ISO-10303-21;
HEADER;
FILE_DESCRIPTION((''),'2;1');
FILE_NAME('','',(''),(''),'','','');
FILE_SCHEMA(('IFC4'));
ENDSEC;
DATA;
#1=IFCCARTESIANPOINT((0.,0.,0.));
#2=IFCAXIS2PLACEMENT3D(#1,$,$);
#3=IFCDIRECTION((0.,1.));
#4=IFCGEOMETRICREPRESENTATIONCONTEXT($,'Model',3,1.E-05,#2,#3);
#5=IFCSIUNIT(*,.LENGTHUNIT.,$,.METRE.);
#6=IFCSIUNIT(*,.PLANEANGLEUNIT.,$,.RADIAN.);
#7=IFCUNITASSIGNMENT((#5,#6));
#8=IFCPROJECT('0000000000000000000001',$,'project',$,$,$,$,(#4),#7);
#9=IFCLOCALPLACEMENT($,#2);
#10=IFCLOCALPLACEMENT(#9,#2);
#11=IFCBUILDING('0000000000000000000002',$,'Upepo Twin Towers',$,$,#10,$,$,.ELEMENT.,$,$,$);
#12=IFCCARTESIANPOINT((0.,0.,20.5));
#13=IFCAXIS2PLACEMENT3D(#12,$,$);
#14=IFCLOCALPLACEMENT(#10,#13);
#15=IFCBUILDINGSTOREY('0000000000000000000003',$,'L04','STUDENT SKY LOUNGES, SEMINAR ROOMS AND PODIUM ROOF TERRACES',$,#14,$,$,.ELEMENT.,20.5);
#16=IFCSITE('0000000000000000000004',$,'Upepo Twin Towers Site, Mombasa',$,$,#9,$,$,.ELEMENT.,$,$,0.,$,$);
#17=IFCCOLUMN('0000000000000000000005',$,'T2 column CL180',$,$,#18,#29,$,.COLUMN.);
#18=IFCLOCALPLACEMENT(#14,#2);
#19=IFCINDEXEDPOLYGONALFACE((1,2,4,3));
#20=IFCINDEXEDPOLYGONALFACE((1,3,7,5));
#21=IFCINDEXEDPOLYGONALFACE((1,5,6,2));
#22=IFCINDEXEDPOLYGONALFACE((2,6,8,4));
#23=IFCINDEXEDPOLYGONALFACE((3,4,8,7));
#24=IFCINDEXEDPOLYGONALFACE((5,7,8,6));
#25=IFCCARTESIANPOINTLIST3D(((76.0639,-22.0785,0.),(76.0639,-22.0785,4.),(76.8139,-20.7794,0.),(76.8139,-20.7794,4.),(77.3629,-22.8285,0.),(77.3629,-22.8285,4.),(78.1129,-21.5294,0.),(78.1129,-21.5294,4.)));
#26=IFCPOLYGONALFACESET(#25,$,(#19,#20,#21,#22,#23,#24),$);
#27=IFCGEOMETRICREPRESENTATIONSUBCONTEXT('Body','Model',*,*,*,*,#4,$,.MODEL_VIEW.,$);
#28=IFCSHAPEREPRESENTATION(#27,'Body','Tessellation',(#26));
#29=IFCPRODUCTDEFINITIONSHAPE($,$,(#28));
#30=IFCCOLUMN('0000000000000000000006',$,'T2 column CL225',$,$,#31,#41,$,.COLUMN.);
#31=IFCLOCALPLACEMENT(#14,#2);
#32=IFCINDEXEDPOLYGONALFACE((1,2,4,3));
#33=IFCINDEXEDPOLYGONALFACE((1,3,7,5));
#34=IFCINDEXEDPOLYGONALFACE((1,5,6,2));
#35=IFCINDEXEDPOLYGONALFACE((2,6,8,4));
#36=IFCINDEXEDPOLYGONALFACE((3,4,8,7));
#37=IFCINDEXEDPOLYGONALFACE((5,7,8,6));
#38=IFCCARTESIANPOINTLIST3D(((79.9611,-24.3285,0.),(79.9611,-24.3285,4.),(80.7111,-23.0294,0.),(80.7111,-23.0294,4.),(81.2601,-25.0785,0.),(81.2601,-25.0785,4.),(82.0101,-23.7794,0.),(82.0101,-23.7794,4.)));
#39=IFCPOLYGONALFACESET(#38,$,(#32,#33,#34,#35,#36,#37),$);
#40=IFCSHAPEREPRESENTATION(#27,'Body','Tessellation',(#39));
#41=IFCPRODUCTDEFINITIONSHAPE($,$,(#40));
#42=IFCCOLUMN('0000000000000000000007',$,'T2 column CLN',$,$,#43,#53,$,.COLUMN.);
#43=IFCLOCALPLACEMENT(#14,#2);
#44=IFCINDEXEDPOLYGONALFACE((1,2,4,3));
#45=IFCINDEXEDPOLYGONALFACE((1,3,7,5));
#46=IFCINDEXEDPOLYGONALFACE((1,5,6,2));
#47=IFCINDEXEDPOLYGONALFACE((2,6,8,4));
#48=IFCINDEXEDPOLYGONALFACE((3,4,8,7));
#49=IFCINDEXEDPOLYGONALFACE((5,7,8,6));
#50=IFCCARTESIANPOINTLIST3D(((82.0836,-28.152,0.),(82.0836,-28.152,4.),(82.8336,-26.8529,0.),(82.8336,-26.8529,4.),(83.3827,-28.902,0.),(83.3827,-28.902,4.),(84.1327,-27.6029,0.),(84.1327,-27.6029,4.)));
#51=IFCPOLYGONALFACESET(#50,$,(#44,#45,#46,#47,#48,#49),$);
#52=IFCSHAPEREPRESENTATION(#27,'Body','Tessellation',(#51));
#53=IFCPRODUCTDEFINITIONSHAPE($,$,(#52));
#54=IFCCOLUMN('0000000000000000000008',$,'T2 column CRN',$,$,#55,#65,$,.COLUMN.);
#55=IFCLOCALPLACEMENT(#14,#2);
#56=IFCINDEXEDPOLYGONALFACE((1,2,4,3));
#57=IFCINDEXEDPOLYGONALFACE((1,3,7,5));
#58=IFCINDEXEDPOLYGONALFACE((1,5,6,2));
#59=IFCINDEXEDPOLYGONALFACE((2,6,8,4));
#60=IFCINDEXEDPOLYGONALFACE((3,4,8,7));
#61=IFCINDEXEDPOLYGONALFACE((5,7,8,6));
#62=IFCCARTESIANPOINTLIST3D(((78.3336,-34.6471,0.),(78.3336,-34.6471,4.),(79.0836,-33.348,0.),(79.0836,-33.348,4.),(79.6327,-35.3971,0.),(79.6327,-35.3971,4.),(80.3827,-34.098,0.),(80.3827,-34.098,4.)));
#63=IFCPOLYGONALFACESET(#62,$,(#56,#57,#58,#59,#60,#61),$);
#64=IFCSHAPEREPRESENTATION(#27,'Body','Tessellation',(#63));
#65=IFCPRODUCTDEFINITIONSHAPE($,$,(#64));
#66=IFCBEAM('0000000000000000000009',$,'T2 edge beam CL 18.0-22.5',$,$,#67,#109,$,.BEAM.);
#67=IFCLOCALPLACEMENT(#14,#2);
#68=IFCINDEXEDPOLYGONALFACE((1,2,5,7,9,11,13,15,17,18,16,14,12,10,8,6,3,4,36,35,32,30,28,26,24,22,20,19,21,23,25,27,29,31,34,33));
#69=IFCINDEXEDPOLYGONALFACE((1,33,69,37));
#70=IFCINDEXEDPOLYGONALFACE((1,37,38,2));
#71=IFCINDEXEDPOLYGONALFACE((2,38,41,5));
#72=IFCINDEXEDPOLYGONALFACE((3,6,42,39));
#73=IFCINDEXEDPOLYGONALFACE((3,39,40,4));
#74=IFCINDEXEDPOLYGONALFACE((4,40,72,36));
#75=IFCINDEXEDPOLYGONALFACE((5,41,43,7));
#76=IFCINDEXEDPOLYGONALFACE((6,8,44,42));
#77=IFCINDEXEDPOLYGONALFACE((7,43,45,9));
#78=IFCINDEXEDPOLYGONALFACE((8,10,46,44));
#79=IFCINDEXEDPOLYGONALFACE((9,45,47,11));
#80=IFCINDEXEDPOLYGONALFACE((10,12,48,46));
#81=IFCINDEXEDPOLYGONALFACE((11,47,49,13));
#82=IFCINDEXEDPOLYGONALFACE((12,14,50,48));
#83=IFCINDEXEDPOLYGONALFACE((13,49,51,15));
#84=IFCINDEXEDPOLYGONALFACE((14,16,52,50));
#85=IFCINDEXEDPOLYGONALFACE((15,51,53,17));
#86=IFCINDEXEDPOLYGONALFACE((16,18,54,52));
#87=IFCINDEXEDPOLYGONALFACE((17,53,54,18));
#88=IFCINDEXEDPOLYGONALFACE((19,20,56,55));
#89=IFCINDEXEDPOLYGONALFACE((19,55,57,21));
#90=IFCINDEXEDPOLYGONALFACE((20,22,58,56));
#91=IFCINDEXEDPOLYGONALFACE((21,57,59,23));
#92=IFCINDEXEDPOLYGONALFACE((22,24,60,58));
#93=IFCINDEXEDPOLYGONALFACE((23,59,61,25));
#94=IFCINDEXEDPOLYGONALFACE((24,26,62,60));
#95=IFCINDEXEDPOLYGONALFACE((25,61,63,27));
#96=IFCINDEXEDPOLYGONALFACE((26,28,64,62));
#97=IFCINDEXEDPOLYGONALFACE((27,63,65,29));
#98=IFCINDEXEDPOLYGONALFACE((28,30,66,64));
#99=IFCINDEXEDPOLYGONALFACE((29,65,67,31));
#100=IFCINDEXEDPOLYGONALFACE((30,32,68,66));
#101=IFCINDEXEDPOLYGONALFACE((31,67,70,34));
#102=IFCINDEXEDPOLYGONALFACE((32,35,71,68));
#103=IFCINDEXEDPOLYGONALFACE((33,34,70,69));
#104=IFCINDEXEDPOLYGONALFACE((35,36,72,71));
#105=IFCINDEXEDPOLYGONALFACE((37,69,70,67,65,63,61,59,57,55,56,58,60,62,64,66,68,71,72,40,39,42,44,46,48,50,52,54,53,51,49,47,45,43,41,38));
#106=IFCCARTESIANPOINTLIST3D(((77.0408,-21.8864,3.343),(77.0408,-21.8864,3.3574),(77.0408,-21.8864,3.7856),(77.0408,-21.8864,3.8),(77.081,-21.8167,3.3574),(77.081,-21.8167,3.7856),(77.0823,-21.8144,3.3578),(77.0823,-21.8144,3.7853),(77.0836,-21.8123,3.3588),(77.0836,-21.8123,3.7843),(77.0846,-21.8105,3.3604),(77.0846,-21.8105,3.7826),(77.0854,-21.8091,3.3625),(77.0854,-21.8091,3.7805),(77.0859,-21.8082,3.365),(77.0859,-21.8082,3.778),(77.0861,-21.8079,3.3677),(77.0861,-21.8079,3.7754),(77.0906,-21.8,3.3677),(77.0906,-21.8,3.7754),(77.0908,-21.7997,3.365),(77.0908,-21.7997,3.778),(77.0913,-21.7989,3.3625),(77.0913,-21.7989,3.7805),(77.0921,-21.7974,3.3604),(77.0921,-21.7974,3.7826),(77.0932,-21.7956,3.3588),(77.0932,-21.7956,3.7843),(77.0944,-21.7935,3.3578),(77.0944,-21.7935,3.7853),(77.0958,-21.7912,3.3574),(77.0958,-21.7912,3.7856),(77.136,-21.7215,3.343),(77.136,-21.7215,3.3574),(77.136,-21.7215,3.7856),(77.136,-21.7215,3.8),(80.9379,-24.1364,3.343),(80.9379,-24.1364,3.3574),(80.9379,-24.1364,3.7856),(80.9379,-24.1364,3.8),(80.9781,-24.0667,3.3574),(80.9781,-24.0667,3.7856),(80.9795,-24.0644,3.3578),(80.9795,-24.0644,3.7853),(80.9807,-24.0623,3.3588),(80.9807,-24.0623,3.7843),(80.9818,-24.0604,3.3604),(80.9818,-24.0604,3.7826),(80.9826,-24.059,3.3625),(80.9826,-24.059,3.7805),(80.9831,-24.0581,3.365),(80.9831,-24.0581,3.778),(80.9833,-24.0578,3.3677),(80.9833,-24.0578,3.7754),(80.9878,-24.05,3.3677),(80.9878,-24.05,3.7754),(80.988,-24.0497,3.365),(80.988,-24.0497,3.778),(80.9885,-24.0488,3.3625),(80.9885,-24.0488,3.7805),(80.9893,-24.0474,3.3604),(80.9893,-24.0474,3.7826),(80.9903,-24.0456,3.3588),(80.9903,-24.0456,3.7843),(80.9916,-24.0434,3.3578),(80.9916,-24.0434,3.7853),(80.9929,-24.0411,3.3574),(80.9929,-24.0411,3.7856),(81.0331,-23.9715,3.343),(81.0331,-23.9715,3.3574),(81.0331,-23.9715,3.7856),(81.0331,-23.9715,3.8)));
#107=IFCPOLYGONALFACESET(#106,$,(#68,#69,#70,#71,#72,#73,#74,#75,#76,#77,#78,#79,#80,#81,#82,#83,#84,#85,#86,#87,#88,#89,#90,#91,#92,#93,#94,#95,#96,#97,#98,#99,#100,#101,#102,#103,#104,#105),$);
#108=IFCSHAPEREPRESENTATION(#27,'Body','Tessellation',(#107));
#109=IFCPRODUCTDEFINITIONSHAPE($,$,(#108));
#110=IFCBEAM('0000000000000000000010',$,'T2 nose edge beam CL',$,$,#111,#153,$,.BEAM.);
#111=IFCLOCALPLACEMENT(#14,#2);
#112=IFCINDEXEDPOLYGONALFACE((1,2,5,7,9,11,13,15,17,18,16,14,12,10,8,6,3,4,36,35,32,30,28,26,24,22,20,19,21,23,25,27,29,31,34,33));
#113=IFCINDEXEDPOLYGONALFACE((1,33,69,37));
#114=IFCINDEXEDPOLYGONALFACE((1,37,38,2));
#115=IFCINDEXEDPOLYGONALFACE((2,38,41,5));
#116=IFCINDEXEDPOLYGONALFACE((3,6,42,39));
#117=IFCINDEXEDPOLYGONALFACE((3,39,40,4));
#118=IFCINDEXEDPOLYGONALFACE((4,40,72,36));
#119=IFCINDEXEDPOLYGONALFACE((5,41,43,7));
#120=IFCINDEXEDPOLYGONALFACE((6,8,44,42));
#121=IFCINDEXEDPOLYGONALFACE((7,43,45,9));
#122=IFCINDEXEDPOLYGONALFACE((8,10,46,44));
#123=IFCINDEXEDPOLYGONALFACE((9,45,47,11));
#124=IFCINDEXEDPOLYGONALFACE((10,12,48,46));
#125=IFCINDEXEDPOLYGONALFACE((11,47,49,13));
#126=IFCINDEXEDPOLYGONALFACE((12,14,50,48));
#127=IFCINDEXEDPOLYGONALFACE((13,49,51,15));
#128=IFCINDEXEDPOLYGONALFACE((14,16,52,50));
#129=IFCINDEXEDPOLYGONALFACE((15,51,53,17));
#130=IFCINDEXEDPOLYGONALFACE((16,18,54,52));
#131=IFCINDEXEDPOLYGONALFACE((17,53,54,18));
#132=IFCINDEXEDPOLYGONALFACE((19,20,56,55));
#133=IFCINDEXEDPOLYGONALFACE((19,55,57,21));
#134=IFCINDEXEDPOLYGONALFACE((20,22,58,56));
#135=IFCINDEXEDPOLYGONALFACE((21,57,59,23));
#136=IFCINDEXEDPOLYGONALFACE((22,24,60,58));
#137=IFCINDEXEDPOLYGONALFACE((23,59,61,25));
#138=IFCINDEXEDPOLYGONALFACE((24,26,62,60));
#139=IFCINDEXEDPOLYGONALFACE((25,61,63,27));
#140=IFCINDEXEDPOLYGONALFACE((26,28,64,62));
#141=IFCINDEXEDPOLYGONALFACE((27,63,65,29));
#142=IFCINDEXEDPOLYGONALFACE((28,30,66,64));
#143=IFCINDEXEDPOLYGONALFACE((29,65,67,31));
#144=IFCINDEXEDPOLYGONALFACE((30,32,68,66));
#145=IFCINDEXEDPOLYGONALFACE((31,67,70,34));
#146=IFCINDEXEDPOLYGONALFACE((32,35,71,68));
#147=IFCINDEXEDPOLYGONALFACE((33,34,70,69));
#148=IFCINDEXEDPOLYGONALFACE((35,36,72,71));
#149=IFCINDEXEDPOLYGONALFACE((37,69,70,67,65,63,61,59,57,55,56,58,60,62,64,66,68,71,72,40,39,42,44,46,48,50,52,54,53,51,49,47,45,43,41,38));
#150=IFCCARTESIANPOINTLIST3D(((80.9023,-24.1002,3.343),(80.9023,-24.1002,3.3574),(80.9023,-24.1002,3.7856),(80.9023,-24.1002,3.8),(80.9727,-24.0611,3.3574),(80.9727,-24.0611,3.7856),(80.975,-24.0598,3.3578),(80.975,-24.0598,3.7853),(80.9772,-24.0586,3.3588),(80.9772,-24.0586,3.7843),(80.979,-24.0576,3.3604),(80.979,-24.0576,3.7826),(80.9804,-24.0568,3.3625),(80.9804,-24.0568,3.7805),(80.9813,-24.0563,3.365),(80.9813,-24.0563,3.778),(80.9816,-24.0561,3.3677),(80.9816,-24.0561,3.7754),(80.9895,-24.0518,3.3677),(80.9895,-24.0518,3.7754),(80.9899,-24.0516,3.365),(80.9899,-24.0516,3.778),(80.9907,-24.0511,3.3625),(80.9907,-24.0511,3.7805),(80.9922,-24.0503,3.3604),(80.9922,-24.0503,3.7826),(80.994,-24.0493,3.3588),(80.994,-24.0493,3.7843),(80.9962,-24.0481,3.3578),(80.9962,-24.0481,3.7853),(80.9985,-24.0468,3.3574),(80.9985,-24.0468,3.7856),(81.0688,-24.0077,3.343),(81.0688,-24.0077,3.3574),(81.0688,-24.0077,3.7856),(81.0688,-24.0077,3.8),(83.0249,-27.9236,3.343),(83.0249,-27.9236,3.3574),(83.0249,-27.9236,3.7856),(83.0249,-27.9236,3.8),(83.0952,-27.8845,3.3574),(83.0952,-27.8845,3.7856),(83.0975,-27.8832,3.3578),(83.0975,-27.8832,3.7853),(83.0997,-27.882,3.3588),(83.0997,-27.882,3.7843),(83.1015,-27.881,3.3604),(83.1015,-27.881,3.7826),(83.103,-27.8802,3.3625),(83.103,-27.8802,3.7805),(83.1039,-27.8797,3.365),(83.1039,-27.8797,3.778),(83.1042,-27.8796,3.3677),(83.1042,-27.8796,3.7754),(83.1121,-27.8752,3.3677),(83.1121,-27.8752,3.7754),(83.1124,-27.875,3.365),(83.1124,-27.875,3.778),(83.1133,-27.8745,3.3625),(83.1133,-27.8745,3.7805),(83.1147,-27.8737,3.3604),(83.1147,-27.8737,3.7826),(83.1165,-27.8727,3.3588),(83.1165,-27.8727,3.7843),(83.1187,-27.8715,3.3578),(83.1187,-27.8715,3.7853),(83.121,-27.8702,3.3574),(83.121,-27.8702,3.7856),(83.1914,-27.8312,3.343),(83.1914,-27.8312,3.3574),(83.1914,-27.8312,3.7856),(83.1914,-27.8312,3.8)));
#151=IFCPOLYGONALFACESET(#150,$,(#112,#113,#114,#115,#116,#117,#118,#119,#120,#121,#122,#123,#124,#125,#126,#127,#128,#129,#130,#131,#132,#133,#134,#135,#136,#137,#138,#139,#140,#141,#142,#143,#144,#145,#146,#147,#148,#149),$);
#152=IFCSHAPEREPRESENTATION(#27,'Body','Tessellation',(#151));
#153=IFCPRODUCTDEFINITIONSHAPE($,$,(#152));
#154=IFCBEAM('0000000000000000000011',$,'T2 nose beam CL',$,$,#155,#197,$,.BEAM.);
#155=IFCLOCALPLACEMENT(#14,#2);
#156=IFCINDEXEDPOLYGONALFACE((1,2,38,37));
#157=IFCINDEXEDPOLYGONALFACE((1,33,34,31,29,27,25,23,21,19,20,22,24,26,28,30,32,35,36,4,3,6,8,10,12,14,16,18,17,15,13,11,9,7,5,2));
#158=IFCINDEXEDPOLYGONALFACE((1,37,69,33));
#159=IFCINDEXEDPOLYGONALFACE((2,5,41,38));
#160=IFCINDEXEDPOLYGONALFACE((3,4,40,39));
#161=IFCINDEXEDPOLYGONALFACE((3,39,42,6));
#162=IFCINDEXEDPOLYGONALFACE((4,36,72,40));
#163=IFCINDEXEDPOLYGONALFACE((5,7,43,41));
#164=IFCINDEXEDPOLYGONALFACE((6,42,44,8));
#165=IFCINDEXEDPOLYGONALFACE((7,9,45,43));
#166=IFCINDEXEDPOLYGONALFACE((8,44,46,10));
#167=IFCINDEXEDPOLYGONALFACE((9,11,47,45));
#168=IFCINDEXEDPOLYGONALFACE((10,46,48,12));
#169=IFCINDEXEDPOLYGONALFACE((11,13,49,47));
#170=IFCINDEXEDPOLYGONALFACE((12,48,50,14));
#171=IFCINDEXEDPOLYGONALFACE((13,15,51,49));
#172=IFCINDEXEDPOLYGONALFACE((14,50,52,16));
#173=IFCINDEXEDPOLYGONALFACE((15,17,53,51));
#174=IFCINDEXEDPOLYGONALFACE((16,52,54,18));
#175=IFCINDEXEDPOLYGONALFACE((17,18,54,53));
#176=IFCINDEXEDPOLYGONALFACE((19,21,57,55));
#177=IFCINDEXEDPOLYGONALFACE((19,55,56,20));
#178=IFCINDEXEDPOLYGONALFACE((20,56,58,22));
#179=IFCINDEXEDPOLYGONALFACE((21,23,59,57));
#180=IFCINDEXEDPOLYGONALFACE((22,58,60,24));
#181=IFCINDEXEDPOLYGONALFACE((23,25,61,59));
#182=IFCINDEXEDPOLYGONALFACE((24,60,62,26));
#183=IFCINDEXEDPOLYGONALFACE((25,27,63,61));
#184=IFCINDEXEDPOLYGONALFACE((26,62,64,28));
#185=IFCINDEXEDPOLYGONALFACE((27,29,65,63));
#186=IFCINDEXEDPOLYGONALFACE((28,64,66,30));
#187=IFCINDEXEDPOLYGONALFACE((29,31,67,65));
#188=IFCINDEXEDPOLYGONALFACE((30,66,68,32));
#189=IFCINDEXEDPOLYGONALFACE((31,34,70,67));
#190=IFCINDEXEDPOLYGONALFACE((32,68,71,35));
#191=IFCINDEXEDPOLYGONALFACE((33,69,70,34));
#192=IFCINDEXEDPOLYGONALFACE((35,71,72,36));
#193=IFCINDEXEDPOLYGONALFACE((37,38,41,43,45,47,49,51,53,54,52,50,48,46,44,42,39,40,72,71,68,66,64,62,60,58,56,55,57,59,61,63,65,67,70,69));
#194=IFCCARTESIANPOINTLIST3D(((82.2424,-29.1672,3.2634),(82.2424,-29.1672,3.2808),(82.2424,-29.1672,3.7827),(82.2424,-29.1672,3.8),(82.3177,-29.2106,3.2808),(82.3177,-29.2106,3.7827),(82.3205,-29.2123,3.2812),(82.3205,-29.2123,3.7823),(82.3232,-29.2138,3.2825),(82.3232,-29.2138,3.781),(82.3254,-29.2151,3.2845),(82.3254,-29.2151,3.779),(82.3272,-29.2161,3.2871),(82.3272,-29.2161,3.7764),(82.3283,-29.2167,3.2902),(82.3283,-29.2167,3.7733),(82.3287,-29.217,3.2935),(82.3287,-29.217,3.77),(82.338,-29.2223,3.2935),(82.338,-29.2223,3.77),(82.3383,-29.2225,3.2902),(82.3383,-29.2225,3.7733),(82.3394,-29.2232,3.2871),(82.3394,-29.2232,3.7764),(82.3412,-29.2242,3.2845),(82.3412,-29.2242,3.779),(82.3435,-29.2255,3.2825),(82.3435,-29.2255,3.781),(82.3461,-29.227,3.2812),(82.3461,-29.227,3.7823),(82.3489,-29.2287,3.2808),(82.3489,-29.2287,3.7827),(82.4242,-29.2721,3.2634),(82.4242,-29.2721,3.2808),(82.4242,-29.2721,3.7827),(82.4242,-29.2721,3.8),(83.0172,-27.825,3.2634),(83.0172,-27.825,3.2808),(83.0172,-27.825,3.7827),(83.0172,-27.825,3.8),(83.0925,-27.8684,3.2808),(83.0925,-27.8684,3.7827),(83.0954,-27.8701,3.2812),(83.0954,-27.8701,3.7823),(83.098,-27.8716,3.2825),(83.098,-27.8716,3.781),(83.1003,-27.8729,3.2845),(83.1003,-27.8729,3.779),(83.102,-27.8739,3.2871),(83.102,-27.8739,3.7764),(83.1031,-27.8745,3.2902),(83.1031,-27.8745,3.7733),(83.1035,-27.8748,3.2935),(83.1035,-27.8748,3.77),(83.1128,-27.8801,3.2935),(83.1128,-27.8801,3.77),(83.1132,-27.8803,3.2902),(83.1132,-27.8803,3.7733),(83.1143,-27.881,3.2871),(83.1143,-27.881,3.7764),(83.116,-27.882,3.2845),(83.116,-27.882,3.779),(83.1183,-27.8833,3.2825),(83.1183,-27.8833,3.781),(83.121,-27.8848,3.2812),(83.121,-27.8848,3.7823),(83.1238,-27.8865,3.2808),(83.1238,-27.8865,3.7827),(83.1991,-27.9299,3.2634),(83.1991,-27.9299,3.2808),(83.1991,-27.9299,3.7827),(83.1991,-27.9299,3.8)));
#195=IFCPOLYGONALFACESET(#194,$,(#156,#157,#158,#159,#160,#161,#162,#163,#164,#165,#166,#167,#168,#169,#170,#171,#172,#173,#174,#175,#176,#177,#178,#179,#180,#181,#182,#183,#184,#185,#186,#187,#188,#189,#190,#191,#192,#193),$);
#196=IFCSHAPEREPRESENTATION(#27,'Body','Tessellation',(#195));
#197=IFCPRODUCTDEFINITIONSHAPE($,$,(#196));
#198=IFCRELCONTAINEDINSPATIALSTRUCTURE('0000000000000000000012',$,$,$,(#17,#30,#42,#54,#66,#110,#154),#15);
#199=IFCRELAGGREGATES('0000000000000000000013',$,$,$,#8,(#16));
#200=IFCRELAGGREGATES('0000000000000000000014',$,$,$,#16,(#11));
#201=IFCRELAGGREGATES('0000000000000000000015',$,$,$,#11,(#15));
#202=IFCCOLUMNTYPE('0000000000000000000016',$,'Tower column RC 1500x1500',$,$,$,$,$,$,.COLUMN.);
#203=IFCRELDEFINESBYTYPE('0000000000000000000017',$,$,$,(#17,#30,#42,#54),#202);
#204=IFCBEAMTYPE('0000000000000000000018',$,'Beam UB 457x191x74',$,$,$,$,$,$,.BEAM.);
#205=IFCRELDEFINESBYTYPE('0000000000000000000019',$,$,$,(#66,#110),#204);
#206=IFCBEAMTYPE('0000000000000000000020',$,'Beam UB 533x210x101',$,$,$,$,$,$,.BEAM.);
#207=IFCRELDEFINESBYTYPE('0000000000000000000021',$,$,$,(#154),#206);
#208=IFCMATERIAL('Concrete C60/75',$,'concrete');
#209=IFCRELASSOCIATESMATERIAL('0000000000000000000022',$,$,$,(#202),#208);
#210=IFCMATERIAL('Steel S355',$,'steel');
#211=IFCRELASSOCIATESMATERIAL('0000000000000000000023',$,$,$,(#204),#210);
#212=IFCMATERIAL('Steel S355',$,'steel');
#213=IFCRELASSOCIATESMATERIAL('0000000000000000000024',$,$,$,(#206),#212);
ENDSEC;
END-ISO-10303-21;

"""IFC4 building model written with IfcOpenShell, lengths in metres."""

from ifc_helpers import new_model, si_unit, direction, frame, origin, origin_2d, place, context, subcontext, project, spatial, rectangle, i_section, extrude, material, material_profile, profile_set, type_object, element, save


model = new_model("IFC4")

# Units and contexts
model_context = context("Model", 3, precision=1e-05, world=origin(), true_north=direction((0.0, 1.0)))
body_context = subcontext(model_context, "Body", "Model", "MODEL_VIEW")
ifc_project = project(units=[si_unit("LENGTHUNIT", "METRE"), si_unit("PLANEANGLEUNIT", "RADIAN")], contexts=[model_context])

# Site, building, storey
site_placement = place(None, origin())
site = spatial("IfcSite", under=ifc_project, at=site_placement, Name="Upepo Twin Towers Site, Mombasa", CompositionType="ELEMENT", RefElevation=0.0)
building_placement = place(site_placement, origin())
building = spatial("IfcBuilding", under=site, at=building_placement, Name="Upepo Twin Towers", CompositionType="ELEMENT")
storey_placement = place(building_placement, frame((0.0, 0.0, 20.5)))
storey = spatial("IfcBuildingStorey", under=building, at=storey_placement, Name="L04", Description="STUDENT SKY LOUNGES, SEMINAR ROOMS AND PODIUM ROOF TERRACES", CompositionType="ELEMENT", Elevation=20.5)

# Columns
ifc_material_1 = material(Name="Concrete C60/75", Category="concrete")
ifc_material_profile_1 = material_profile(ifc_material_1, rectangle(XDim=1.5, YDim=1.5, at=origin_2d()), Name="RC 1500x1500")
ifc_profile_set_1 = profile_set([ifc_material_profile_1], Name="Concrete C60/75")
column_type = type_object("IfcColumnType", Name="Tower column RC 1500x1500", PredefinedType="COLUMN", material=ifc_profile_set_1)
for number, where, z_axis, x_axis, name in (
    (1, (77.0884, -21.804, 0.0), (0.0, 0.0, 1.0), (0.5, 0.866025, 0.0), "T2 column CL180"),
    (2, (80.9856, -24.054, 0.0), (0.0, 0.0, 1.0), (0.5, 0.866025, 0.0), "T2 column CL225"),
    (3, (83.1082, -27.8774, 0.0), (0.0, 0.0, 1.0), (0.5, 0.866025, 0.0), "T2 column CLN"),
    (4, (79.3582, -34.3726, 0.0), (0.0, 0.0, 1.0), (0.5, 0.866025, 0.0), "T2 column CRN"),
):
    element("IfcColumn", number, at=place(storey_placement, frame(where, z_axis=z_axis, x_axis=x_axis)), inside=storey, type_object=column_type, Name=name, PredefinedType="COLUMN", context=body_context, shape_type="SweptSolid", body=[
        extrude(rectangle(XDim=1.5, YDim=1.5, at=origin_2d()), origin(), (0.0, 0.0, 1.0), 4.0),
    ])

# Beams
ifc_material_2 = material(Name="Steel S355", Category="steel")
ifc_material_profile_2 = material_profile(ifc_material_2, i_section(OverallWidth=0.1904, OverallDepth=0.457, WebThickness=0.009, FlangeThickness=0.0144, FilletRadius=0.0103, at=origin_2d()), Name="UB 457x191x74")
ifc_profile_set_2 = profile_set([ifc_material_profile_2], Name="Steel S355")
beam_type_1 = type_object("IfcBeamType", Name="Beam UB 457x191x74", PredefinedType="BEAM", material=ifc_profile_set_2)
beam_1_placement = place(storey_placement, frame((77.0884, -21.804, 3.5715), z_axis=(0.866031, -0.49999, 0.0), x_axis=(0.49999, 0.866031, 0.0)))
element("IfcBeam", 5, at=beam_1_placement, inside=storey, type_object=beam_type_1, Name="T2 edge beam CL 18.0-22.5", PredefinedType="BEAM", context=body_context, shape_type="SweptSolid", body=[
    extrude(i_section(OverallWidth=0.1904, OverallDepth=0.457, WebThickness=0.009, FlangeThickness=0.0144, FilletRadius=0.0103, at=origin_2d()), origin(), (0.0, 0.0, 1.0), 4.5),
])
beam_2_placement = place(storey_placement, frame((80.9856, -24.054, 3.5715), z_axis=(0.485363, -0.874313, 0.0), x_axis=(0.874313, 0.485363, 0.0)))
element("IfcBeam", 6, at=beam_2_placement, inside=storey, type_object=beam_type_1, Name="T2 nose edge beam CL", PredefinedType="BEAM", context=body_context, shape_type="SweptSolid", body=[
    extrude(i_section(OverallWidth=0.1904, OverallDepth=0.457, WebThickness=0.009, FlangeThickness=0.0144, FilletRadius=0.0103, at=origin_2d()), origin(), (0.0, 0.0, 1.0), 4.373),
])
ifc_material_3 = material(Name="Steel S355", Category="steel")
ifc_material_profile_3 = material_profile(ifc_material_3, i_section(OverallWidth=0.21, OverallDepth=0.5366, WebThickness=0.0107, FlangeThickness=0.0173, FilletRadius=0.0127, at=origin_2d()), Name="UB 533x210x101")
ifc_profile_set_3 = profile_set([ifc_material_profile_3], Name="Steel S355")
beam_type_2 = type_object("IfcBeamType", Name="Beam UB 533x210x101", PredefinedType="BEAM", material=ifc_profile_set_3)
for number, where, z_axis, x_axis, name in (
    (7, (83.1082, -27.8774, 3.5317), (-0.499968, -0.866044, 0.0), (0.866044, -0.499968, 0.0), "T2 nose beam CL"),
):
    element("IfcBeam", number, at=place(storey_placement, frame(where, z_axis=z_axis, x_axis=x_axis)), inside=storey, type_object=beam_type_2, Name=name, PredefinedType="BEAM", context=body_context, shape_type="SweptSolid", body=[
        extrude(i_section(OverallWidth=0.21, OverallDepth=0.5366, WebThickness=0.0107, FlangeThickness=0.0173, FilletRadius=0.0127, at=origin_2d()), origin(), (0.0, 0.0, 1.0), 1.5498),
    ])

save(model, "model.ifc")
